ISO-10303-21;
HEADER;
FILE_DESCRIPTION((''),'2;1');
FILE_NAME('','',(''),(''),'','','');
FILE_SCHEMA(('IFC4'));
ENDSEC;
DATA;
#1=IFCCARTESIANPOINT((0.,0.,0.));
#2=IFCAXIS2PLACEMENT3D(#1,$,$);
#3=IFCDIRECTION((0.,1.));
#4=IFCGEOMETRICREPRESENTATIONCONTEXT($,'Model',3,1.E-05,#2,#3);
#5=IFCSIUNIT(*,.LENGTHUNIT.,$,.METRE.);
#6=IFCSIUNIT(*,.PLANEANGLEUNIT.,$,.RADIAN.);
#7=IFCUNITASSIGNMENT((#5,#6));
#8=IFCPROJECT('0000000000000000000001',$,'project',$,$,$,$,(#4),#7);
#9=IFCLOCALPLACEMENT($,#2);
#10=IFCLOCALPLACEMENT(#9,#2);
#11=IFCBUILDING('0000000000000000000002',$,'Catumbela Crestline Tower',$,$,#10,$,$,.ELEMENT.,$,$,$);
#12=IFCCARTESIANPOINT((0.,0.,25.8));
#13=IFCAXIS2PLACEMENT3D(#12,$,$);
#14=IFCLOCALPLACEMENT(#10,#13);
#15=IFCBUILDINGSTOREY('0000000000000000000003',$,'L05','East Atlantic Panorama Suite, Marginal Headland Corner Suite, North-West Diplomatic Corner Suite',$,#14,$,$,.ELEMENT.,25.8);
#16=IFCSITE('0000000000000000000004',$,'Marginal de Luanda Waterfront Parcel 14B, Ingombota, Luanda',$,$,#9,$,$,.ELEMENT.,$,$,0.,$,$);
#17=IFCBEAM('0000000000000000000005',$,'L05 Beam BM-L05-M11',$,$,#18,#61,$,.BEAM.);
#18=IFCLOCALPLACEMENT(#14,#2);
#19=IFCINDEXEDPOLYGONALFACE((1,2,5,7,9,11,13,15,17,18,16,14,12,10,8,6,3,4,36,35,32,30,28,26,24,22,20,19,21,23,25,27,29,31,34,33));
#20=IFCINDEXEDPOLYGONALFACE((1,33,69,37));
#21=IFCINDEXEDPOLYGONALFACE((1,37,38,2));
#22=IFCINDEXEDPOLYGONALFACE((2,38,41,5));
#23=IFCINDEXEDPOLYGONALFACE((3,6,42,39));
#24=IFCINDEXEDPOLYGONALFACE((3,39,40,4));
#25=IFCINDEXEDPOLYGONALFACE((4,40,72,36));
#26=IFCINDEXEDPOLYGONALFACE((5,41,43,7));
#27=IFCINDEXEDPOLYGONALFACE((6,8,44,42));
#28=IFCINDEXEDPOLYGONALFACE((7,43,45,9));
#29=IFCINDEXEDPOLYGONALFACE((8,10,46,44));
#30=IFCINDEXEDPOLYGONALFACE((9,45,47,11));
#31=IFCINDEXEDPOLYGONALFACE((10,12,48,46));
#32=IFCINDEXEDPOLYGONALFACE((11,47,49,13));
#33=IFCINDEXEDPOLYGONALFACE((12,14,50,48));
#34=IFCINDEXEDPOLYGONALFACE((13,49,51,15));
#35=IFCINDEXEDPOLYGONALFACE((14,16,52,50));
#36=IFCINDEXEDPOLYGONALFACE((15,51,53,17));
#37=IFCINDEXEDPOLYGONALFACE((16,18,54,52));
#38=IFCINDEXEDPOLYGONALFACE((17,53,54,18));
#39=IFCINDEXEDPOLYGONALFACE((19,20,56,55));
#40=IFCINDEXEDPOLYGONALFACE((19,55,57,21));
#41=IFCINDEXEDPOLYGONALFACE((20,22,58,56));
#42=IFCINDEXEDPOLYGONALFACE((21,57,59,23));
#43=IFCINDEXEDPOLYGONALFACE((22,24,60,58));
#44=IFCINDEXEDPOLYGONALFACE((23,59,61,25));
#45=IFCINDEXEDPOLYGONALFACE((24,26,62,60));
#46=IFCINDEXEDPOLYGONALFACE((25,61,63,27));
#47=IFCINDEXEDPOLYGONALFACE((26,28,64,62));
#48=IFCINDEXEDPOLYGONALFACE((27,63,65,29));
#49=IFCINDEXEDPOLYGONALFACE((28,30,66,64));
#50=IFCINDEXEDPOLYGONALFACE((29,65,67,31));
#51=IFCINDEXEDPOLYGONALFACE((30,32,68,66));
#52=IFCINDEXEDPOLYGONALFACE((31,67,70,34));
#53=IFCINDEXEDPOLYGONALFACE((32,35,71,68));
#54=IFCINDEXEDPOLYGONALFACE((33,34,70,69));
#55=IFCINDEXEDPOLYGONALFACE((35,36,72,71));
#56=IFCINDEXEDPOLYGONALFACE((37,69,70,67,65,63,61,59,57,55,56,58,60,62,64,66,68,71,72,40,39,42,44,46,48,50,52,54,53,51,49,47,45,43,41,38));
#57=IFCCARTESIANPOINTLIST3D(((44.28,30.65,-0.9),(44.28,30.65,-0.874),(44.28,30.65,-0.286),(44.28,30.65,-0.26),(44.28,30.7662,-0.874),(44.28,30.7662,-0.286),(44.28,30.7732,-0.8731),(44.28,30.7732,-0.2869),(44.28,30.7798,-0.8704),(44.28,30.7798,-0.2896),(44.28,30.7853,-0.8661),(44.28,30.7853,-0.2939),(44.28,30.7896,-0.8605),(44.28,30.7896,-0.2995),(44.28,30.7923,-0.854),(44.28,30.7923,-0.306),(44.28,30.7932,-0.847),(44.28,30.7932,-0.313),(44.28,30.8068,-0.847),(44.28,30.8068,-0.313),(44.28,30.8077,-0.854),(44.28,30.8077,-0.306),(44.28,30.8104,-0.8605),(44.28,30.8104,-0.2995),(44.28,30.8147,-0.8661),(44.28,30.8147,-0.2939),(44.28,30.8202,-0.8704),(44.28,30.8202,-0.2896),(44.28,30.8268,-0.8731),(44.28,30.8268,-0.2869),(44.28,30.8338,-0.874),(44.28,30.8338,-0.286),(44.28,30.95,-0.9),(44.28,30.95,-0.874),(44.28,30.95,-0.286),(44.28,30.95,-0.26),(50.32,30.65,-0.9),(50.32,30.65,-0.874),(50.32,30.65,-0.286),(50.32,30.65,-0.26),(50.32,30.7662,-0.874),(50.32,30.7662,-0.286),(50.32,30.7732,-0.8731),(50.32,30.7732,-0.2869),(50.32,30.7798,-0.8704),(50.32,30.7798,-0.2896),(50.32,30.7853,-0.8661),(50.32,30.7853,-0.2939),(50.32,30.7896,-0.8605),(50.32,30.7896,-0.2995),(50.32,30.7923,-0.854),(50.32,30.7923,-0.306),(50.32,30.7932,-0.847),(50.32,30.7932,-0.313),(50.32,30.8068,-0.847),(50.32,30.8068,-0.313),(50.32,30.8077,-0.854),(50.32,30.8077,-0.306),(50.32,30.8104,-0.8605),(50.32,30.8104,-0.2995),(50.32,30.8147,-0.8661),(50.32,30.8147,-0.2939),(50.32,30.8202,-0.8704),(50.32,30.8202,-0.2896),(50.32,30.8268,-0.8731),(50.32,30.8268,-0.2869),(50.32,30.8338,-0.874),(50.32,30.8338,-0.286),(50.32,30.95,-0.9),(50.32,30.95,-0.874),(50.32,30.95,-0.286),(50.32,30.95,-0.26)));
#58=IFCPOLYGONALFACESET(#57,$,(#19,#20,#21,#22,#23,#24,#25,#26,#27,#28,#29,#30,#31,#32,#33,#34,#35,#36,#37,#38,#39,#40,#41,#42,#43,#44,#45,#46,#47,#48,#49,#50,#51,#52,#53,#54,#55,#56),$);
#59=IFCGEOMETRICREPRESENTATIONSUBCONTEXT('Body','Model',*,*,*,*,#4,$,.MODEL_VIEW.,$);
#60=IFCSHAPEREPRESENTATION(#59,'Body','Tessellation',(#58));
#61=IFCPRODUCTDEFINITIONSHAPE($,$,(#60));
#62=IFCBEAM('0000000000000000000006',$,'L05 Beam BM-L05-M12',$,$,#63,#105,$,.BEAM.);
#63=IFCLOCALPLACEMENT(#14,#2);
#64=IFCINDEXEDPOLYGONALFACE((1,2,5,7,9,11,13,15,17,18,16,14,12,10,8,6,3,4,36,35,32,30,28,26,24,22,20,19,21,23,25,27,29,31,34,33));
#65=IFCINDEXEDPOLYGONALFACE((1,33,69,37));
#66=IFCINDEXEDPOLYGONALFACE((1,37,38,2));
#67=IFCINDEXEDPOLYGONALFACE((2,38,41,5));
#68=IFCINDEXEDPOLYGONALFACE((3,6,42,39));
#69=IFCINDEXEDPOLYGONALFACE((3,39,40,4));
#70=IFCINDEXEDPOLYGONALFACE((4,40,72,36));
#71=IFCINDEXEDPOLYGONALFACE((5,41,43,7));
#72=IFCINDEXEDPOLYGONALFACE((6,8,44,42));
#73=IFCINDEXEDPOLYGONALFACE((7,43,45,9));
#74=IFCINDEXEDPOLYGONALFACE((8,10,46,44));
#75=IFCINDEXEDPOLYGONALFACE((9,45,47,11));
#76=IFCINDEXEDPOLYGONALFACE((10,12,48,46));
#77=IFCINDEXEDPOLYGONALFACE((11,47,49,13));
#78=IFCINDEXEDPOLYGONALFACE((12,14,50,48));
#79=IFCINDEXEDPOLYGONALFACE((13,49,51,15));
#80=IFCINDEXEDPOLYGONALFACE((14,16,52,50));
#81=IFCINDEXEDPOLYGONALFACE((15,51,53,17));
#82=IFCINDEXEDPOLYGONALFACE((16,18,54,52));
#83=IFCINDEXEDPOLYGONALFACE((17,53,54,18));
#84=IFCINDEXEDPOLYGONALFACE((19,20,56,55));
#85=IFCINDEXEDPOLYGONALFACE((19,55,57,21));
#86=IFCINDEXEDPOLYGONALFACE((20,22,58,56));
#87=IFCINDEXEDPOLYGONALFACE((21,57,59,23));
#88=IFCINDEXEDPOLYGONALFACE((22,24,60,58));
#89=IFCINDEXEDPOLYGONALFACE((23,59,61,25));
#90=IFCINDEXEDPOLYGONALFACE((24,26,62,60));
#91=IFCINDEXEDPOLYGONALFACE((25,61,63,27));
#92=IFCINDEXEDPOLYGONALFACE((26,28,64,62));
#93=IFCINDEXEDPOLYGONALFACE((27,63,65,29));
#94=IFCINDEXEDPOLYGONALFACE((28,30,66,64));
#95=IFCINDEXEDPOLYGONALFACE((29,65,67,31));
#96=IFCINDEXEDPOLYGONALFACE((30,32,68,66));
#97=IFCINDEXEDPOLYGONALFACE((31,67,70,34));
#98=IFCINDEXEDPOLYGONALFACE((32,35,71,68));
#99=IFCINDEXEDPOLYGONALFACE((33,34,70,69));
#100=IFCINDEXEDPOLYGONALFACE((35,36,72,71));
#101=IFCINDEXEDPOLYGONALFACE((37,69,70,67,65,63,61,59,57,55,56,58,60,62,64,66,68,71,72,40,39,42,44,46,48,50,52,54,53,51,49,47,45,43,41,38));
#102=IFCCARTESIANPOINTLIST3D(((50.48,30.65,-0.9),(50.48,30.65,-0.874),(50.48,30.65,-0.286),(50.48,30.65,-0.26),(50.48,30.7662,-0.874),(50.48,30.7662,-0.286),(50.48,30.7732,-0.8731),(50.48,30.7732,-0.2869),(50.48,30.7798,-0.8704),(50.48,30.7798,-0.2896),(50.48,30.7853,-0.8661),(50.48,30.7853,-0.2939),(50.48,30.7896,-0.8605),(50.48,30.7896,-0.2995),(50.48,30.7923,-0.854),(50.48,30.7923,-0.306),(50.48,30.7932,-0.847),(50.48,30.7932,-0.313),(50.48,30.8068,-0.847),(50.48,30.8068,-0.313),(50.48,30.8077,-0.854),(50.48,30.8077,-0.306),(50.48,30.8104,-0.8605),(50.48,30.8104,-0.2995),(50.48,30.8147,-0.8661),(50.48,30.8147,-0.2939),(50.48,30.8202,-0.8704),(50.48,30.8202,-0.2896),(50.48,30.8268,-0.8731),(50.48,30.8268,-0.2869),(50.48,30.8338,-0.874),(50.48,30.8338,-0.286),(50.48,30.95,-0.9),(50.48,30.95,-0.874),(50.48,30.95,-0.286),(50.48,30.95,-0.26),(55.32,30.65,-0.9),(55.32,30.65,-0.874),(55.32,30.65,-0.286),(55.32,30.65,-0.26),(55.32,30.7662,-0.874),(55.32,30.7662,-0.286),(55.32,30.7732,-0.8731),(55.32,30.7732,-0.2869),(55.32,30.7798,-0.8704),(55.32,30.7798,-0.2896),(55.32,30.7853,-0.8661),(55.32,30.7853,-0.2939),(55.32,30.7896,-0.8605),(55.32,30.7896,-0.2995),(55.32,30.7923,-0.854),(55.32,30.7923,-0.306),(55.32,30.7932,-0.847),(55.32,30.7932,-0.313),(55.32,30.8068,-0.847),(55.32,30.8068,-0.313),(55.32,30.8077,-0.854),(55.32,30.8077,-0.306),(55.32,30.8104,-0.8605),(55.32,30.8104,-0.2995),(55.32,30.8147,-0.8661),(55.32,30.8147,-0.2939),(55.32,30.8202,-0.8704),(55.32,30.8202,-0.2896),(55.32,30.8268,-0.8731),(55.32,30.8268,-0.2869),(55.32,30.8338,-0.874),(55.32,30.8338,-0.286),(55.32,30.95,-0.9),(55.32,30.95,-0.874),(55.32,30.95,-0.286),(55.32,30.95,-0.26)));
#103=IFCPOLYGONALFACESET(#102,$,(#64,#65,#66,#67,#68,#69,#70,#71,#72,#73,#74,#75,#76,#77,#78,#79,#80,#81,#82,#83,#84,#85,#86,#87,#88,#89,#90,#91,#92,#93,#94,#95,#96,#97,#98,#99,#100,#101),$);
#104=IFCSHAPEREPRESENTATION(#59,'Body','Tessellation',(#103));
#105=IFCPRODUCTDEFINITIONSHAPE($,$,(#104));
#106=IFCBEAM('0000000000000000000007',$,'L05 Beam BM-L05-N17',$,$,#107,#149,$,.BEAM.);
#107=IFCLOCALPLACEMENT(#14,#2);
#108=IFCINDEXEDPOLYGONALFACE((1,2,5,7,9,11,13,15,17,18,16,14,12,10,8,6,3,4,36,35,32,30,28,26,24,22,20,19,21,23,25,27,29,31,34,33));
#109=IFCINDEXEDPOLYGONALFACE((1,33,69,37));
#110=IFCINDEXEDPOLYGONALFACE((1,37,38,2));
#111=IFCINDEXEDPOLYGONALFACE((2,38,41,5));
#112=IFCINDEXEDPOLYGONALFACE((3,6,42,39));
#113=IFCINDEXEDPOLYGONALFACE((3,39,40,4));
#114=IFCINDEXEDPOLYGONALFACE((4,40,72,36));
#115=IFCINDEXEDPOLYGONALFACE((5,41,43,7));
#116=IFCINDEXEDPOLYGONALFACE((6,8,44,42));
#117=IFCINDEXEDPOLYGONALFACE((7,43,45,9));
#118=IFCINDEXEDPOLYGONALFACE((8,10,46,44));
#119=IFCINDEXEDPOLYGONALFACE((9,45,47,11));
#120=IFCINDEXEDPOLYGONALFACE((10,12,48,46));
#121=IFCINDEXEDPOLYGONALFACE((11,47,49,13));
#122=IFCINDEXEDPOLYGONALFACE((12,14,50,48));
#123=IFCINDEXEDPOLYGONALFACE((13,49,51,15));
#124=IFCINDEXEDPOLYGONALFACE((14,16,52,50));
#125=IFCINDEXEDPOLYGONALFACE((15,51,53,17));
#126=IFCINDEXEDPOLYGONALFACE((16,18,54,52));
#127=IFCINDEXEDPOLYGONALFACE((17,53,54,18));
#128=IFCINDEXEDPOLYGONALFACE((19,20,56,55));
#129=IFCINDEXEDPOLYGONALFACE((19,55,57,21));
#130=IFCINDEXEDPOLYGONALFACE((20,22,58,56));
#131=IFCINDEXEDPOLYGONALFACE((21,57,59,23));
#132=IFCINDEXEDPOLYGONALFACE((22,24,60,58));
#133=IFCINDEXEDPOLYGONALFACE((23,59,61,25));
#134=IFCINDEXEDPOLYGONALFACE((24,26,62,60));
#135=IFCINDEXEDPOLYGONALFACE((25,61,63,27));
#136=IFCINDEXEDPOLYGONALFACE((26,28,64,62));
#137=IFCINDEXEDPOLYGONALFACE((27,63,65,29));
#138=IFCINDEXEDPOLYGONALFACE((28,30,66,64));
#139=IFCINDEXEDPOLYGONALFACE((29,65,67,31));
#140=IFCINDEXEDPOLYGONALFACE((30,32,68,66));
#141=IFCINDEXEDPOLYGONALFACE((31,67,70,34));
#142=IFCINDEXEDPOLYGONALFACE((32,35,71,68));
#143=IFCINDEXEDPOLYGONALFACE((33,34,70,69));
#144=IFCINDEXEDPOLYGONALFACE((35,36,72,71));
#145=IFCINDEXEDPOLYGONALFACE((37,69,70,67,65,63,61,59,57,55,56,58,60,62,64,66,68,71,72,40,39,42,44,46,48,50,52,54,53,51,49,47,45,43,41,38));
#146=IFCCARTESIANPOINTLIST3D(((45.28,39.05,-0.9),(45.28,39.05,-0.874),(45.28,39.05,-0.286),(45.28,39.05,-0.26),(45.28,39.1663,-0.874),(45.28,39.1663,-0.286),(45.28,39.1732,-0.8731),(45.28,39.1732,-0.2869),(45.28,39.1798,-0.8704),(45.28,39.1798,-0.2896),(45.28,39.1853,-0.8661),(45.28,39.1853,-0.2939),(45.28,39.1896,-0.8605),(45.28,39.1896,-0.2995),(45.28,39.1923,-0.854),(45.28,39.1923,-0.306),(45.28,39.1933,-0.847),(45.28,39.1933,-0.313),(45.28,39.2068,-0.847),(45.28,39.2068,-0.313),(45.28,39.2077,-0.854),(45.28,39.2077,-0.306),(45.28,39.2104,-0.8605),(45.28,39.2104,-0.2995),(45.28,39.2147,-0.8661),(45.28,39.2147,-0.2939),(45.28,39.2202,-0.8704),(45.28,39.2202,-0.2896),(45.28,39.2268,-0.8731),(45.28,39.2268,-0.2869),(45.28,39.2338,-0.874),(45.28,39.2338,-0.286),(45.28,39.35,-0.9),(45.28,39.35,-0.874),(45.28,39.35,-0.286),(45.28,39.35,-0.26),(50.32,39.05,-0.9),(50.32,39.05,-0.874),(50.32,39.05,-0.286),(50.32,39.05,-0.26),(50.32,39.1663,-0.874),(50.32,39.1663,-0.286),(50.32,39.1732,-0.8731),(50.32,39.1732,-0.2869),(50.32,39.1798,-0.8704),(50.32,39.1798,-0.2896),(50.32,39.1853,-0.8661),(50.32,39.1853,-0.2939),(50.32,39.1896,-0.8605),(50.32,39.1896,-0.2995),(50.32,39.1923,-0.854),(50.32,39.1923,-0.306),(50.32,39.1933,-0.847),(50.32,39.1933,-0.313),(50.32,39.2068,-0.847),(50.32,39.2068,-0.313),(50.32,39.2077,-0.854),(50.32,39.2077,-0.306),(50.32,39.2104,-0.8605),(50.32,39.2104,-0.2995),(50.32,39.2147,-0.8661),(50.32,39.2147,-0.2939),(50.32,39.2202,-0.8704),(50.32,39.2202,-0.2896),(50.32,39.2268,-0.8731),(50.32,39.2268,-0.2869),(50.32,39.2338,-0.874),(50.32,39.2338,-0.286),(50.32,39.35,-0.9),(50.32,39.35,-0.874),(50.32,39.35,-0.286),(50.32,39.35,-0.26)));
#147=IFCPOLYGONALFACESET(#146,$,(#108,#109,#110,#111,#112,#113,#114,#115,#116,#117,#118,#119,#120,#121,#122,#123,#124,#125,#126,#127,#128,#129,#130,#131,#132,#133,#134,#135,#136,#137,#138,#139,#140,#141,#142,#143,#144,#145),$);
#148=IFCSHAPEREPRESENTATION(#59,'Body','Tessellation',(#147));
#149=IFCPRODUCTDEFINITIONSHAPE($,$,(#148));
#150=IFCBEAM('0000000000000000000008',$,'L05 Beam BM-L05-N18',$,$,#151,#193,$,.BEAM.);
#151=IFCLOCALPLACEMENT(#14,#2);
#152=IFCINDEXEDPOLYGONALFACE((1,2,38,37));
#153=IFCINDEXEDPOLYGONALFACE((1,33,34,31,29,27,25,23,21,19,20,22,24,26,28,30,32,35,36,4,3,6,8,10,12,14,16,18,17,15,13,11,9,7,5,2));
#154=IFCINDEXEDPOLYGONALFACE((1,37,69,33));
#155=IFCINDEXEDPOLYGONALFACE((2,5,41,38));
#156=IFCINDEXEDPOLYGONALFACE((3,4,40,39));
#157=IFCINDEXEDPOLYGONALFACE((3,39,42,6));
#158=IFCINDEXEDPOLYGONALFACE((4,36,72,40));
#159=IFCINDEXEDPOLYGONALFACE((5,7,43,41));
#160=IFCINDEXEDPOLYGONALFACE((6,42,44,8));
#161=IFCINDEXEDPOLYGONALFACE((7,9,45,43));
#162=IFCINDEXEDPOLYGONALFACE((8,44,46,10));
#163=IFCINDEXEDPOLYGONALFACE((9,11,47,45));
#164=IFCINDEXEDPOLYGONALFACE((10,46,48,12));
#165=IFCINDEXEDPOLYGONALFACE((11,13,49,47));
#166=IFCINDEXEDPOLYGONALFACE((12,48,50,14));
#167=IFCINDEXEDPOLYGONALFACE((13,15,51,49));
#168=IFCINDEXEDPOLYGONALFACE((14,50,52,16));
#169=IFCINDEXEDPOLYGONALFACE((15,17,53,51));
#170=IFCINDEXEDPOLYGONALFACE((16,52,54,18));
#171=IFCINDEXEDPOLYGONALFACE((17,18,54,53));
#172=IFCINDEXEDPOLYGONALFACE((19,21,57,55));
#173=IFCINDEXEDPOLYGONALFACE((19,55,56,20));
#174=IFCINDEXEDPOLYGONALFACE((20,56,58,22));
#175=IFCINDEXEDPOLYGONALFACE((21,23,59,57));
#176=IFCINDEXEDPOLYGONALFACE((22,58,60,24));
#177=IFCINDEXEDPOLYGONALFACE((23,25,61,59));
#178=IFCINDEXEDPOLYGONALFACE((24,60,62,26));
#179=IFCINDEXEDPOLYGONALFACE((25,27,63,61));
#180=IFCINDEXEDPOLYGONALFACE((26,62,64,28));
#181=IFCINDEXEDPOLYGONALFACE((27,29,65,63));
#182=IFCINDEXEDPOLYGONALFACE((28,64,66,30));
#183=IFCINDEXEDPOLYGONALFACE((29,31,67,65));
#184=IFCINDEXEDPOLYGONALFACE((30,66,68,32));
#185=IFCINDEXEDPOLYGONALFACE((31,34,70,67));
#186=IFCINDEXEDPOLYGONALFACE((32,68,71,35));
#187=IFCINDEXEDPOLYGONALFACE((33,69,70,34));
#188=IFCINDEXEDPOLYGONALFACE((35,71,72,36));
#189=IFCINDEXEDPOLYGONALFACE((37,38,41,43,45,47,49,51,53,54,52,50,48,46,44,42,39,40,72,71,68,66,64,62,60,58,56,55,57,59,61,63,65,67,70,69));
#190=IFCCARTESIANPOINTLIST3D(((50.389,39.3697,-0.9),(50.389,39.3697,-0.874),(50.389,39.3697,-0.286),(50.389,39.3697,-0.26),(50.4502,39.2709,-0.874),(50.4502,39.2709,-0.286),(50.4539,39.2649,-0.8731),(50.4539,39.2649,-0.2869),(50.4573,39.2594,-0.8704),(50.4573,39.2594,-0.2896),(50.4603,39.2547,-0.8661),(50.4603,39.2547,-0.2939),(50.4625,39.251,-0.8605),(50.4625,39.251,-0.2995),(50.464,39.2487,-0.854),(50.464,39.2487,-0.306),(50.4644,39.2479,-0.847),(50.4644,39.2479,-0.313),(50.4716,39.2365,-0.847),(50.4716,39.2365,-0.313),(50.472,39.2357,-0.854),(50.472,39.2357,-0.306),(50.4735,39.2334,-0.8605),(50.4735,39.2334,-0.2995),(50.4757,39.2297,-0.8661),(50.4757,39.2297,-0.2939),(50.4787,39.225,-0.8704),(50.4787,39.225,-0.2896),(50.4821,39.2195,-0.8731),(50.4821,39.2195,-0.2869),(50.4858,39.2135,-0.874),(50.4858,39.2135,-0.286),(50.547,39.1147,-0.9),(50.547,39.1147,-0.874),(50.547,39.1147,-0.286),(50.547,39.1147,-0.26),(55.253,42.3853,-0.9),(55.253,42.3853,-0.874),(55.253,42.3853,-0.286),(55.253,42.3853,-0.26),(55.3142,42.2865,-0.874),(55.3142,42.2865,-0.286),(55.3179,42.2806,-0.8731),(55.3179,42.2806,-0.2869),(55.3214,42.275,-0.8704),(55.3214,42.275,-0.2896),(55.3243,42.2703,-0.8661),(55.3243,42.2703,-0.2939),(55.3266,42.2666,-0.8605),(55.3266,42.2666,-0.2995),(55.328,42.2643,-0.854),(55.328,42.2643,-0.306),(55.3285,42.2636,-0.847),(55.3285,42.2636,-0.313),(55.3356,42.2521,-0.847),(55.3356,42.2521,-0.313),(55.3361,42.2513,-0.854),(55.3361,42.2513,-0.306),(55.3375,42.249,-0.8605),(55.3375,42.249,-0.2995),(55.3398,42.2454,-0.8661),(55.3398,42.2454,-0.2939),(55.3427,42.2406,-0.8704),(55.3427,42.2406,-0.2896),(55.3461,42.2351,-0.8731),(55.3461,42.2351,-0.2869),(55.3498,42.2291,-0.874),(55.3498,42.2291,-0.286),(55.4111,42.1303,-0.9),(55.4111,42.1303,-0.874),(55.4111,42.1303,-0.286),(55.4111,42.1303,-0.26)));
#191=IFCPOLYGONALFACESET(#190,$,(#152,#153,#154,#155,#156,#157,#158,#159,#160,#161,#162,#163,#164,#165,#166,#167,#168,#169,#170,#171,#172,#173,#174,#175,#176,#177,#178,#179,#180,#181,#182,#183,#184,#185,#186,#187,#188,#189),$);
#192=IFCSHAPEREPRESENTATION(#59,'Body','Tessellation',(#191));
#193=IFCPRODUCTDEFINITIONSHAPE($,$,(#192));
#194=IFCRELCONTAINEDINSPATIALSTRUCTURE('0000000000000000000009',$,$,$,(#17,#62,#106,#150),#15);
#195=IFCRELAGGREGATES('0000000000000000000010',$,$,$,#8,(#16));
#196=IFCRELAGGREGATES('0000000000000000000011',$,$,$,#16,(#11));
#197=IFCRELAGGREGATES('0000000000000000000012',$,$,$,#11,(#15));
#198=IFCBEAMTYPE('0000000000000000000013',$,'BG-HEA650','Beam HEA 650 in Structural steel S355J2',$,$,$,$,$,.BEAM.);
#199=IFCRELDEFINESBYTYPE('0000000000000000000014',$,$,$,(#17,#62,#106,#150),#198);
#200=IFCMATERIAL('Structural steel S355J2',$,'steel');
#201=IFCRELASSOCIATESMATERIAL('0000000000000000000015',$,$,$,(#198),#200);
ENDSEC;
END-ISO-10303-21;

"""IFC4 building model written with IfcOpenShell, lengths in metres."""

from ifc_helpers import new_model, si_unit, direction, frame, origin, origin_2d, place, context, subcontext, project, spatial, i_section, extrude, material, material_profile, profile_set, type_object, element, save


model = new_model("IFC4")

# Units and contexts
model_context = context("Model", 3, precision=1e-05, world=origin(), true_north=direction((0.0, 1.0)))
body_context = subcontext(model_context, "Body", "Model", "MODEL_VIEW")
ifc_project = project(units=[si_unit("LENGTHUNIT", "METRE"), si_unit("PLANEANGLEUNIT", "RADIAN")], contexts=[model_context])

# Site, building, storey
site_placement = place(None, origin())
site = spatial("IfcSite", under=ifc_project, at=site_placement, Name="Marginal de Luanda Waterfront Parcel 14B, Ingombota, Luanda", CompositionType="ELEMENT", RefElevation=0.0)
building_placement = place(site_placement, origin())
building = spatial("IfcBuilding", under=site, at=building_placement, Name="Catumbela Crestline Tower", CompositionType="ELEMENT")
storey_placement = place(building_placement, frame((0.0, 0.0, 25.8)))
storey = spatial("IfcBuildingStorey", under=building, at=storey_placement, Name="L05", Description="East Atlantic Panorama Suite, Marginal Headland Corner Suite, North-West Diplomatic Corner Suite", CompositionType="ELEMENT", Elevation=25.8)

# Beams
ifc_material_1 = material(Name="Structural steel S355J2", Category="steel")
ifc_material_profile_1 = material_profile(ifc_material_1, i_section(OverallWidth=0.3, OverallDepth=0.64, WebThickness=0.0135, FlangeThickness=0.026, FilletRadius=0.027, at=origin_2d()), Name="HEA 650")
ifc_profile_set_1 = profile_set([ifc_material_profile_1], Name="Structural steel S355J2")
beam_type_1 = type_object("IfcBeamType", Name="BG-HEA650", Description="Beam HEA 650 in Structural steel S355J2", PredefinedType="BEAM", material=ifc_profile_set_1)
beam_1_placement = place(storey_placement, frame((44.28, 30.8, -0.58), z_axis=(1.0, 0.0, 0.0), x_axis=(0.0, 1.0, 0.0)))
element("IfcBeam", 1, at=beam_1_placement, inside=storey, type_object=beam_type_1, Name="L05 Beam BM-L05-M11", PredefinedType="BEAM", context=body_context, shape_type="SweptSolid", body=[
    extrude(i_section(OverallWidth=0.3, OverallDepth=0.64, WebThickness=0.0135, FlangeThickness=0.026, FilletRadius=0.027, at=origin_2d()), origin(), (0.0, 0.0, 1.0), 6.04),
])
beam_2_placement = place(storey_placement, frame((50.48, 30.8, -0.58), z_axis=(1.0, 0.0, 0.0), x_axis=(0.0, 1.0, 0.0)))
element("IfcBeam", 2, at=beam_2_placement, inside=storey, type_object=beam_type_1, Name="L05 Beam BM-L05-M12", PredefinedType="BEAM", context=body_context, shape_type="SweptSolid", body=[
    extrude(i_section(OverallWidth=0.3, OverallDepth=0.64, WebThickness=0.0135, FlangeThickness=0.026, FilletRadius=0.027, at=origin_2d()), origin(), (0.0, 0.0, 1.0), 4.84),
])
beam_3_placement = place(storey_placement, frame((45.28, 39.2, -0.58), z_axis=(1.0, 0.0, 0.0), x_axis=(0.0, 1.0, 0.0)))
element("IfcBeam", 3, at=beam_3_placement, inside=storey, type_object=beam_type_1, Name="L05 Beam BM-L05-N17", PredefinedType="BEAM", context=body_context, shape_type="SweptSolid", body=[
    extrude(i_section(OverallWidth=0.3, OverallDepth=0.64, WebThickness=0.0135, FlangeThickness=0.026, FilletRadius=0.027, at=origin_2d()), origin(), (0.0, 0.0, 1.0), 5.04),
])
beam_4_placement = place(storey_placement, frame((50.468, 39.2422, -0.58), z_axis=(0.849909, 0.52693, 0.0), x_axis=(-0.52693, 0.849909, 0.0)))
element("IfcBeam", 4, at=beam_4_placement, inside=storey, type_object=beam_type_1, Name="L05 Beam BM-L05-N18", PredefinedType="BEAM", context=body_context, shape_type="SweptSolid", body=[
    extrude(i_section(OverallWidth=0.3, OverallDepth=0.64, WebThickness=0.0135, FlangeThickness=0.026, FilletRadius=0.027, at=origin_2d()), origin(), (0.0, 0.0, 1.0), 5.723),
])

save(model, "model.ifc")
